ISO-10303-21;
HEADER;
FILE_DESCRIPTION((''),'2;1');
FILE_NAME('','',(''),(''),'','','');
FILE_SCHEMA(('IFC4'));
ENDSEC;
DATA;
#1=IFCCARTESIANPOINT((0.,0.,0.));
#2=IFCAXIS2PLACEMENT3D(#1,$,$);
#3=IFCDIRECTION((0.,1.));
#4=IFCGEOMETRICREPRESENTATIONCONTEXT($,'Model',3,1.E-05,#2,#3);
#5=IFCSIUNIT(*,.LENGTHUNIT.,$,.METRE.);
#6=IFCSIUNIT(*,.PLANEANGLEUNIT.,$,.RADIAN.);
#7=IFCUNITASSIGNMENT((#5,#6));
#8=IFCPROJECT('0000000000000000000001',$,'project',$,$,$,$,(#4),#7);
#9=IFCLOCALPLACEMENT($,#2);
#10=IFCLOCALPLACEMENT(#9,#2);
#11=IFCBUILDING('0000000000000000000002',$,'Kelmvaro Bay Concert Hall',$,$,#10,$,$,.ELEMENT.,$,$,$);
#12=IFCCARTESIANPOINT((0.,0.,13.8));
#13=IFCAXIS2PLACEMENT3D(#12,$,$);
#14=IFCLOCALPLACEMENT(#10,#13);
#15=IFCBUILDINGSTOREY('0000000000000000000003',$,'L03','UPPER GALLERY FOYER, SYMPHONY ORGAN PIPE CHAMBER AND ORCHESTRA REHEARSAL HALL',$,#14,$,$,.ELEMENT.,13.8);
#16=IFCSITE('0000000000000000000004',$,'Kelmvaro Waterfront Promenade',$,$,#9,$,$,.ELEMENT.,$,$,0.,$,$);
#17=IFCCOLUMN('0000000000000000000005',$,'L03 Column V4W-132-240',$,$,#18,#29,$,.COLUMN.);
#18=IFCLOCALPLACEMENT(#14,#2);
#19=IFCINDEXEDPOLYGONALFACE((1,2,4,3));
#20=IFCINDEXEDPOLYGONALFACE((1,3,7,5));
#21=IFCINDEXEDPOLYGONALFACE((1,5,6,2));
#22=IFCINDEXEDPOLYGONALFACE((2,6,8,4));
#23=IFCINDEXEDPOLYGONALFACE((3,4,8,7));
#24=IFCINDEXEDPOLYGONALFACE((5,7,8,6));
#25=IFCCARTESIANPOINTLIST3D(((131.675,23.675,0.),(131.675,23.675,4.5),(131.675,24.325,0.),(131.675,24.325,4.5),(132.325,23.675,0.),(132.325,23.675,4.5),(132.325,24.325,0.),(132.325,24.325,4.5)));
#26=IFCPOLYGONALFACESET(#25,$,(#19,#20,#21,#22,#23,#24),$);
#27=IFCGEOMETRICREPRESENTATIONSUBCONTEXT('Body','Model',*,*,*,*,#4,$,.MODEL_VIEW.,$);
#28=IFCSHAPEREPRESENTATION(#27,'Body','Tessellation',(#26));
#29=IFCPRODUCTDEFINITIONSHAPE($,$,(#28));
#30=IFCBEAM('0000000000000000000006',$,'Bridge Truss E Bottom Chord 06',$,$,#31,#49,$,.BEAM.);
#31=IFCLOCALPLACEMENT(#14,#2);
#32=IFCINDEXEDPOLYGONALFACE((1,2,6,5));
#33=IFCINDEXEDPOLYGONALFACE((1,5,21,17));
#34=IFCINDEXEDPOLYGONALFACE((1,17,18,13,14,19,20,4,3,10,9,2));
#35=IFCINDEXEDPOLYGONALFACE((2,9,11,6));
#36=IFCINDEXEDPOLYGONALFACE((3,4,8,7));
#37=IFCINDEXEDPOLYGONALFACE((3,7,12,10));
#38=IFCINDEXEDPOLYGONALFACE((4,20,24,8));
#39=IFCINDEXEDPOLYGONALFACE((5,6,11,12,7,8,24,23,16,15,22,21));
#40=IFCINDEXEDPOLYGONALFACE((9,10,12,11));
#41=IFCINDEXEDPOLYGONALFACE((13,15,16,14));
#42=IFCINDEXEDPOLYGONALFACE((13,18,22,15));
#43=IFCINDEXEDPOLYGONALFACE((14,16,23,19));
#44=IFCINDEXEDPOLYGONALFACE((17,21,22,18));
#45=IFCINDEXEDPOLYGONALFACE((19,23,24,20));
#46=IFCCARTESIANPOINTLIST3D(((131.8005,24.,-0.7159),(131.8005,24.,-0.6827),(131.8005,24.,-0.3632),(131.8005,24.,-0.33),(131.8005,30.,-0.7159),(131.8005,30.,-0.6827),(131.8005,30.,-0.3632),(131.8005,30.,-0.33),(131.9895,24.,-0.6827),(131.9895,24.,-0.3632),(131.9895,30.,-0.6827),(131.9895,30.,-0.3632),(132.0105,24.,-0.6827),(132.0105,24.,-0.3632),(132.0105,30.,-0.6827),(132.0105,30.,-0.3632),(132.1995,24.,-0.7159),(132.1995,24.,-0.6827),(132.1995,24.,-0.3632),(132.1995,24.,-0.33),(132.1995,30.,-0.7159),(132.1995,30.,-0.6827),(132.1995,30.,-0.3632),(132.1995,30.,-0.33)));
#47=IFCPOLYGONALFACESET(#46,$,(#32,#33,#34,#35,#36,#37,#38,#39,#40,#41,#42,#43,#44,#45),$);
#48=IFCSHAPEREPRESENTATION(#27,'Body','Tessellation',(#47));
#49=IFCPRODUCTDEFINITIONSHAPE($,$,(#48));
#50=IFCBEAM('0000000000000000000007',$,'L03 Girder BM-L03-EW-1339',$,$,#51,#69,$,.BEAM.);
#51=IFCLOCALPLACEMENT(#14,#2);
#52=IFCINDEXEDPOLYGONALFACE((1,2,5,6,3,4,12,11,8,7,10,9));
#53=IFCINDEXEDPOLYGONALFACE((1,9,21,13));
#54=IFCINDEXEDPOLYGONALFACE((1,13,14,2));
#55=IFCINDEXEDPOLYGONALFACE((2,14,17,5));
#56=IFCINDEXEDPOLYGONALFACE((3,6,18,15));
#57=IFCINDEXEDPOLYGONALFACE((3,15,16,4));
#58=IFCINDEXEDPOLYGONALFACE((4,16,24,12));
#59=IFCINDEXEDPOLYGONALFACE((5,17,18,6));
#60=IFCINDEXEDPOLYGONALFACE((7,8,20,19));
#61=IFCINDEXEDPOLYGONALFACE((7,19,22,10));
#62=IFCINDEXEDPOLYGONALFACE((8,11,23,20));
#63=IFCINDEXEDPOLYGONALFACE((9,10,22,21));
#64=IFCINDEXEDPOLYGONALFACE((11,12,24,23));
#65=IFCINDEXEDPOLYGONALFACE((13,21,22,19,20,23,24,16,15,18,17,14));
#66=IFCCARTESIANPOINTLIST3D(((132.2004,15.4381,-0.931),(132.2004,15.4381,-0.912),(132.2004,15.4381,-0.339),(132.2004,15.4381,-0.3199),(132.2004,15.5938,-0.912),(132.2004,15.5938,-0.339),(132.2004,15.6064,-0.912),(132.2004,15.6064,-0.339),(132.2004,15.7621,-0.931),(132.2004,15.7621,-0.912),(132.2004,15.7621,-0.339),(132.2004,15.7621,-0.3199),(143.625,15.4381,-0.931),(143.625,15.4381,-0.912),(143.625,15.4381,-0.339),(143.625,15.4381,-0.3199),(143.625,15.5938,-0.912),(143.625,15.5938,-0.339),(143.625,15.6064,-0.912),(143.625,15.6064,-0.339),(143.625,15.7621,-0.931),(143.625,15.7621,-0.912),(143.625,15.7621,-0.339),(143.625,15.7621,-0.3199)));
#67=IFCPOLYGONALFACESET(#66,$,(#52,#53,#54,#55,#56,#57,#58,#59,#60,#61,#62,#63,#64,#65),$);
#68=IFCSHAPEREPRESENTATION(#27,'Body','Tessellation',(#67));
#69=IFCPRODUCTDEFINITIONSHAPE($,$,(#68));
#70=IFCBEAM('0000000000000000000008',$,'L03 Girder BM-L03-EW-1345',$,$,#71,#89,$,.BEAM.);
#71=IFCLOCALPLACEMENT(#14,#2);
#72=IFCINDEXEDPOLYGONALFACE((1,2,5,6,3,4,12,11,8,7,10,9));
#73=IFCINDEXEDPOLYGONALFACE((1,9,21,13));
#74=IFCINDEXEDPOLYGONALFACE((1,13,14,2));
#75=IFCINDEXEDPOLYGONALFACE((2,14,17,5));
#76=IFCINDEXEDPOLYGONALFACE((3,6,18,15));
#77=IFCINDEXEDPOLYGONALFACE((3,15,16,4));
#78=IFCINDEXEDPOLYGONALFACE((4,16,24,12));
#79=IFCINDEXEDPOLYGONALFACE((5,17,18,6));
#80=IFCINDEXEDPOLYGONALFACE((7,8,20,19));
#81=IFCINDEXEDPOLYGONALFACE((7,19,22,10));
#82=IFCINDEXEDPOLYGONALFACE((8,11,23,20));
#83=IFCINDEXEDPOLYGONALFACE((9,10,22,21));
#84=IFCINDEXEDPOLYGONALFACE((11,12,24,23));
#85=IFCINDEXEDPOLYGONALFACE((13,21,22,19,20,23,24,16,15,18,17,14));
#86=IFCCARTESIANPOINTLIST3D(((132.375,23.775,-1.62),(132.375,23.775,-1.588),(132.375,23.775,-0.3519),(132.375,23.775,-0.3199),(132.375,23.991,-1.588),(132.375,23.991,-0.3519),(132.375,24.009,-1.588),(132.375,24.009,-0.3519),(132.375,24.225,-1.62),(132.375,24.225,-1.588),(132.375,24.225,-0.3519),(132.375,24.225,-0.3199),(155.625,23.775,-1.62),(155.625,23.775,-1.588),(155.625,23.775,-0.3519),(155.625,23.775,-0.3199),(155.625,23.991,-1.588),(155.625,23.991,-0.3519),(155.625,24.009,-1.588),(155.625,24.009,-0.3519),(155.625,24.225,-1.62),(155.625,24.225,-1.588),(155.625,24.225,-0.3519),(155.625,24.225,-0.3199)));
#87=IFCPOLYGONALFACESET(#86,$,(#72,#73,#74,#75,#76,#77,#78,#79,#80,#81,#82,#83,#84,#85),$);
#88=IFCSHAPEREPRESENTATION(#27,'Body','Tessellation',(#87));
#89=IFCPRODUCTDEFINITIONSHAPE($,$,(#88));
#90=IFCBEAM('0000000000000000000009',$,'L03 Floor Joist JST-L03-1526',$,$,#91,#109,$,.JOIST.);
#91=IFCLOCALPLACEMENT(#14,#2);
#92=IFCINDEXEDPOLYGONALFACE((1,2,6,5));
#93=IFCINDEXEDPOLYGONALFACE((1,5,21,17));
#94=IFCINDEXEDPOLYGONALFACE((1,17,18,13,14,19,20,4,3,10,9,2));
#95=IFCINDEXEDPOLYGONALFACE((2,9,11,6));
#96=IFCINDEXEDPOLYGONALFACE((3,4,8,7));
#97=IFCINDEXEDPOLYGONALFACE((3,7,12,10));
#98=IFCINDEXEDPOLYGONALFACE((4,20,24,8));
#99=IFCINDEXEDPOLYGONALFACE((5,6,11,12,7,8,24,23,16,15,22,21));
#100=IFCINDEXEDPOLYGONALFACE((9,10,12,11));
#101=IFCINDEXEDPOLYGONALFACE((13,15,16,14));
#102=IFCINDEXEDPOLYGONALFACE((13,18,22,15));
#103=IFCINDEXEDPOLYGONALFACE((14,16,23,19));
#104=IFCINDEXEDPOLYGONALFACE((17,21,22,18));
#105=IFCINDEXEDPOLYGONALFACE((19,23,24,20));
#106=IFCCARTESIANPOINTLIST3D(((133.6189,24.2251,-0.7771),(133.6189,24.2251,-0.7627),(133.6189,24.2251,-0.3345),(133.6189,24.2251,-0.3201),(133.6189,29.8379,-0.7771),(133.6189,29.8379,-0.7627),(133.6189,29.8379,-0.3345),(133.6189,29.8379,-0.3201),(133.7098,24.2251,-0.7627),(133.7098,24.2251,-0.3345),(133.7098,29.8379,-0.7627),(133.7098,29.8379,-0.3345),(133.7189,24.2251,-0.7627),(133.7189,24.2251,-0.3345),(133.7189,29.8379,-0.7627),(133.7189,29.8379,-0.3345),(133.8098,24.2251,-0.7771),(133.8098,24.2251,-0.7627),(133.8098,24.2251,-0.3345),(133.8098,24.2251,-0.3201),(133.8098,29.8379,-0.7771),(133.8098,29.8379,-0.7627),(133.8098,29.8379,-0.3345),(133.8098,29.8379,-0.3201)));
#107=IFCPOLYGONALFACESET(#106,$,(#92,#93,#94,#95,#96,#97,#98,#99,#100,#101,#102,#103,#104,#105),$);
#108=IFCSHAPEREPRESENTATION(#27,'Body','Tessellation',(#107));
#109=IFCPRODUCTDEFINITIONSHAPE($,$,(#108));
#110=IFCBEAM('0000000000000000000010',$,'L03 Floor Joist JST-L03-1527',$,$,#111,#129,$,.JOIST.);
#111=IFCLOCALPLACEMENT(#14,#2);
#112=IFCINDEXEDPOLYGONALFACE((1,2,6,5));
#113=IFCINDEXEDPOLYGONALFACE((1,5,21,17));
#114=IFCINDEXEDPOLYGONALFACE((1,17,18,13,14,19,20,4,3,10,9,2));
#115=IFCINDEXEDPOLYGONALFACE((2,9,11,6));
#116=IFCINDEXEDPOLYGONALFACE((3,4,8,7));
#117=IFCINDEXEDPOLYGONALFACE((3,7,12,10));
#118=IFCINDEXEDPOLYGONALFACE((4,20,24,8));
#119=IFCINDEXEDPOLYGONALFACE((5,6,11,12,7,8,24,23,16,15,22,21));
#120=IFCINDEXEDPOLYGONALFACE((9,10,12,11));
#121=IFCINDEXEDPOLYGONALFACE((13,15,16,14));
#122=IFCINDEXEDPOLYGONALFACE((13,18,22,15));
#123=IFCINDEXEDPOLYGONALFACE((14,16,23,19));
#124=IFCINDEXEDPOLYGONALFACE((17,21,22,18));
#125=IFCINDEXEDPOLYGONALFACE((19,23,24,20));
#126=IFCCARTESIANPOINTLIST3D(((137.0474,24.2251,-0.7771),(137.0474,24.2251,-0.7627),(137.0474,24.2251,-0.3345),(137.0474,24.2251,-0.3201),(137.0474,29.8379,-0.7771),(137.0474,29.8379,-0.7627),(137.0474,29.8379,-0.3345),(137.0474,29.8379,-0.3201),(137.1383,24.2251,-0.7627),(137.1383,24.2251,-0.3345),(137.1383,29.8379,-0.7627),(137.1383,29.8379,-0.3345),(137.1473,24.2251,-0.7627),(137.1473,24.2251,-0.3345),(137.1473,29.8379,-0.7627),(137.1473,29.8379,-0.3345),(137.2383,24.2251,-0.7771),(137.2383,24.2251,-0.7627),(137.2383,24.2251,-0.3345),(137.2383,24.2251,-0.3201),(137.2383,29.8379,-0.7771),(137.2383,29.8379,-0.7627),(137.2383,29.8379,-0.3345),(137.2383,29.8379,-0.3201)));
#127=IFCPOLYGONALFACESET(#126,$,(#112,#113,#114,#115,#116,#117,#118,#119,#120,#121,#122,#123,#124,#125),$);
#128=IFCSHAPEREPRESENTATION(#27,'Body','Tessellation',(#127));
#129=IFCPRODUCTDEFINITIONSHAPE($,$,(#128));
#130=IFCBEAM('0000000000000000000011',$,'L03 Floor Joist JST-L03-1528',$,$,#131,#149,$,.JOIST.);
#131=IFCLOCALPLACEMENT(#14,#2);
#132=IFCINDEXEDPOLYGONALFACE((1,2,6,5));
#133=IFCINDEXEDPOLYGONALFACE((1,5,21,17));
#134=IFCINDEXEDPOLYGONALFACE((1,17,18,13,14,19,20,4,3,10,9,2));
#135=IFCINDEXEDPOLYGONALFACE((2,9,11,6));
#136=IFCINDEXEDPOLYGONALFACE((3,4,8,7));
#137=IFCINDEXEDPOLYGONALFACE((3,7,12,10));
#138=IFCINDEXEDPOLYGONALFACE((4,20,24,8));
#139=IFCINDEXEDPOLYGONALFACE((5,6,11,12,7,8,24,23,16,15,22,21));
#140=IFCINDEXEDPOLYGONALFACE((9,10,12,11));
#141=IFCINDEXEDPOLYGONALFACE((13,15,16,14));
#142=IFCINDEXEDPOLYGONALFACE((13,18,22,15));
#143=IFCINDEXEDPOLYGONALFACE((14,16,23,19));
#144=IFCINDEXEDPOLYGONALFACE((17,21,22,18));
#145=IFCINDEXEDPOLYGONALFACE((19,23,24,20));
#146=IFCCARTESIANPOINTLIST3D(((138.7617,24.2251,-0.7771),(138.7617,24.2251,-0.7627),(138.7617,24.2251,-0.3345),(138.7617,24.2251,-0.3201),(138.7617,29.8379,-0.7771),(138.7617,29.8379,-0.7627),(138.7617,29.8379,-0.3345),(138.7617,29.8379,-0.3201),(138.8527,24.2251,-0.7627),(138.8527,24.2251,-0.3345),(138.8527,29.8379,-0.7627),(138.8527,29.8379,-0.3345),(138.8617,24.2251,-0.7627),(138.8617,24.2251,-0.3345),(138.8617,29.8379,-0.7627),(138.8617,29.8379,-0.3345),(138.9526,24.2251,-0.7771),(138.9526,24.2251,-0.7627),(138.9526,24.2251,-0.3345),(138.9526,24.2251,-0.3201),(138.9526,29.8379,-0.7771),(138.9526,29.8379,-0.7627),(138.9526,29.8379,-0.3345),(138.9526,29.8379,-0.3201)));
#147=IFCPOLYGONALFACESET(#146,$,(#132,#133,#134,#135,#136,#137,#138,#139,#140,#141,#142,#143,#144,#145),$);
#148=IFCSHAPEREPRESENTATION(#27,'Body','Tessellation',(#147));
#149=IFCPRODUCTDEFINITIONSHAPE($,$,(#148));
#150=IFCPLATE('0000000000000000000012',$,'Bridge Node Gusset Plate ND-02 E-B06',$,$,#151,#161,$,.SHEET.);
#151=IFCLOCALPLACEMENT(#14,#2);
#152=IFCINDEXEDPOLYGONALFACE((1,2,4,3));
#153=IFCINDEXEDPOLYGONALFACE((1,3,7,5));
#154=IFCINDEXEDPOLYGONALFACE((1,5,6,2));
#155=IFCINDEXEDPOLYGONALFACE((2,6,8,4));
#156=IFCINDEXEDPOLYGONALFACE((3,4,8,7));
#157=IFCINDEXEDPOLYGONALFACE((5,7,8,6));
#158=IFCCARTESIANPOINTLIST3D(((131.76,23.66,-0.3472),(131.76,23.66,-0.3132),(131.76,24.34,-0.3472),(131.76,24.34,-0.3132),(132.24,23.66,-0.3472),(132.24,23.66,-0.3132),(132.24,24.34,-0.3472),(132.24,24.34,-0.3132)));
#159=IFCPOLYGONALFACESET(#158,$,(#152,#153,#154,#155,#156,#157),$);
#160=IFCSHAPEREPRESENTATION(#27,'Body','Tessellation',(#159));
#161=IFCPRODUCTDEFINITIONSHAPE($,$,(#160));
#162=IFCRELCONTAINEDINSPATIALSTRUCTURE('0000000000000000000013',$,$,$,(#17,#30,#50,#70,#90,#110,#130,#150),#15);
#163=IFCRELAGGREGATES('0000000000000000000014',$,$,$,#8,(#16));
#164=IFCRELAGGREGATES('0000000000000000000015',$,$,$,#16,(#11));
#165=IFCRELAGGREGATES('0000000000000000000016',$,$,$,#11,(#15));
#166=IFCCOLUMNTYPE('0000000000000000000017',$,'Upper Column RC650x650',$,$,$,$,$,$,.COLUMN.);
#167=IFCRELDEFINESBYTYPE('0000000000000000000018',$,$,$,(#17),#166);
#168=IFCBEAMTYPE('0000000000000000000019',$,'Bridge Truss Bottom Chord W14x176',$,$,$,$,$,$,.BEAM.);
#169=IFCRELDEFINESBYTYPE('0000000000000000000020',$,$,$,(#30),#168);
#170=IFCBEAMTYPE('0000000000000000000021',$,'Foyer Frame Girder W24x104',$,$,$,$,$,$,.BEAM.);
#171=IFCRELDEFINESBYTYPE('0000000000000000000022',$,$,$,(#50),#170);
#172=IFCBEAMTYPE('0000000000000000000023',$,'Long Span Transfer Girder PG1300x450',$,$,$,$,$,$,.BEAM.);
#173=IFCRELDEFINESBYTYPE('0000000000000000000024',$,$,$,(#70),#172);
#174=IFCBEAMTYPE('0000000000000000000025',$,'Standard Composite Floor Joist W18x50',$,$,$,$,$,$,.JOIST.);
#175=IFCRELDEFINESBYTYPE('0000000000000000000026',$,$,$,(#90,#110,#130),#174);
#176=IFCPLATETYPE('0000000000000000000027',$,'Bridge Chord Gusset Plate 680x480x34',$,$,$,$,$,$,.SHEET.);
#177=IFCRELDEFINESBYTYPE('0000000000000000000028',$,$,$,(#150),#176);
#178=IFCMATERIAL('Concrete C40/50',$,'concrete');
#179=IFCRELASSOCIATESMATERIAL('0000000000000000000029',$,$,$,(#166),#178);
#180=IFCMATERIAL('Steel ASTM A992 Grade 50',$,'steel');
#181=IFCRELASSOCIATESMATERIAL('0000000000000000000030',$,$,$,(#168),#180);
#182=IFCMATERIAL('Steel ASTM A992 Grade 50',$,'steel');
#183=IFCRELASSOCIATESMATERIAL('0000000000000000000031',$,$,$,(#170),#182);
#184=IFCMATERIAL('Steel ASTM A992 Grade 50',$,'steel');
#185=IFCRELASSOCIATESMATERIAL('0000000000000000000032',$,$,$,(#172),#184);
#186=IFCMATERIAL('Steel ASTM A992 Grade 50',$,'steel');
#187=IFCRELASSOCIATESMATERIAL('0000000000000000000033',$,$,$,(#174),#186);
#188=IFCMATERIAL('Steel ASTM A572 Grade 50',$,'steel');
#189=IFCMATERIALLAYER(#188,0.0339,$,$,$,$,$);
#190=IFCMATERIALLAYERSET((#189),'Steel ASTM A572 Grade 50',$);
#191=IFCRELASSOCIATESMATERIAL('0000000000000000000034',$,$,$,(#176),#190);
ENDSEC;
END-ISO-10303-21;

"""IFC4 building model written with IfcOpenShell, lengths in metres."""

from ifc_helpers import new_model, si_unit, direction, frame, origin, origin_2d, place, context, subcontext, project, spatial, rectangle, i_section, extrude, material, layer, layer_set, material_profile, profile_set, type_object, element, save


model = new_model("IFC4")

# Units and contexts
model_context = context("Model", 3, precision=1e-05, world=origin(), true_north=direction((0.0, 1.0)))
body_context = subcontext(model_context, "Body", "Model", "MODEL_VIEW")
ifc_project = project(units=[si_unit("LENGTHUNIT", "METRE"), si_unit("PLANEANGLEUNIT", "RADIAN")], contexts=[model_context])

# Site, building, storey
site_placement = place(None, origin())
site = spatial("IfcSite", under=ifc_project, at=site_placement, Name="Kelmvaro Waterfront Promenade", CompositionType="ELEMENT", RefElevation=0.0)
building_placement = place(site_placement, origin())
building = spatial("IfcBuilding", under=site, at=building_placement, Name="Kelmvaro Bay Concert Hall", CompositionType="ELEMENT")
storey_placement = place(building_placement, frame((0.0, 0.0, 13.8)))
storey = spatial("IfcBuildingStorey", under=building, at=storey_placement, Name="L03", Description="UPPER GALLERY FOYER, SYMPHONY ORGAN PIPE CHAMBER AND ORCHESTRA REHEARSAL HALL", CompositionType="ELEMENT", Elevation=13.8)

# Column
ifc_material_1 = material(Name="Concrete C40/50", Category="concrete")
ifc_material_profile_1 = material_profile(ifc_material_1, rectangle(XDim=0.6499, YDim=0.6499, at=origin_2d()), Name="RC-COL-650X650")
ifc_profile_set_1 = profile_set([ifc_material_profile_1], Name="Concrete C40/50")
column_type = type_object("IfcColumnType", Name="Upper Column RC650x650", PredefinedType="COLUMN", material=ifc_profile_set_1)
column_placement = place(storey_placement, frame((132.0, 24.0, 0.0), z_axis=(0.0, 0.0, 1.0), x_axis=(1.0, 0.0, 0.0)))
element("IfcColumn", 1, at=column_placement, inside=storey, type_object=column_type, Name="L03 Column V4W-132-240", PredefinedType="COLUMN", context=body_context, shape_type="SweptSolid", body=[
    extrude(rectangle(XDim=0.6499, YDim=0.6499, at=origin_2d()), origin(), (0.0, 0.0, 1.0), 4.5),
])

# Beams
ifc_material_2 = material(Name="Steel ASTM A992 Grade 50", Category="steel")
ifc_material_profile_2 = material_profile(ifc_material_2, i_section(OverallWidth=0.3989, OverallDepth=0.386, WebThickness=0.021, FlangeThickness=0.0332, at=origin_2d()), Name="W14X176")
ifc_profile_set_2 = profile_set([ifc_material_profile_2], Name="Steel ASTM A992 Grade 50")
beam_type_1 = type_object("IfcBeamType", Name="Bridge Truss Bottom Chord W14x176", PredefinedType="BEAM", material=ifc_profile_set_2)
beam_1_placement = place(storey_placement, frame((132.0, 24.0, -0.5229), z_axis=(0.0, 1.0, 0.0), x_axis=(-1.0, 0.0, 0.0)))
element("IfcBeam", 2, at=beam_1_placement, inside=storey, type_object=beam_type_1, Name="Bridge Truss E Bottom Chord 06", PredefinedType="BEAM", context=body_context, shape_type="SweptSolid", body=[
    extrude(i_section(OverallWidth=0.3989, OverallDepth=0.386, WebThickness=0.021, FlangeThickness=0.0332, at=origin_2d()), origin(), (0.0, 0.0, 1.0), 6.0),
])
ifc_material_3 = material(Name="Steel ASTM A992 Grade 50", Category="steel")
ifc_material_profile_3 = material_profile(ifc_material_3, i_section(OverallWidth=0.324, OverallDepth=0.6111, WebThickness=0.0127, FlangeThickness=0.019, at=origin_2d()), Name="W24X104")
ifc_profile_set_3 = profile_set([ifc_material_profile_3], Name="Steel ASTM A992 Grade 50")
beam_type_2 = type_object("IfcBeamType", Name="Foyer Frame Girder W24x104", PredefinedType="BEAM", material=ifc_profile_set_3)
beam_2_placement = place(storey_placement, frame((132.2004, 15.6001, -0.6255), z_axis=(1.0, 0.0, 0.0), x_axis=(0.0, 1.0, 0.0)))
element("IfcBeam", 3, at=beam_2_placement, inside=storey, type_object=beam_type_2, Name="L03 Girder BM-L03-EW-1339", PredefinedType="BEAM", context=body_context, shape_type="SweptSolid", body=[
    extrude(i_section(OverallWidth=0.324, OverallDepth=0.6111, WebThickness=0.0127, FlangeThickness=0.019, at=origin_2d()), origin(), (0.0, 0.0, 1.0), 11.4246),
])
ifc_material_4 = material(Name="Steel ASTM A992 Grade 50", Category="steel")
ifc_material_profile_4 = material_profile(ifc_material_4, i_section(OverallWidth=0.45, OverallDepth=1.3, WebThickness=0.0181, FlangeThickness=0.032, at=origin_2d()), Name="PG1300X450")
ifc_profile_set_4 = profile_set([ifc_material_profile_4], Name="Steel ASTM A992 Grade 50")
beam_type_3 = type_object("IfcBeamType", Name="Long Span Transfer Girder PG1300x450", PredefinedType="BEAM", material=ifc_profile_set_4)
beam_3_placement = place(storey_placement, frame((132.375, 24.0, -0.97), z_axis=(1.0, 0.0, 0.0), x_axis=(0.0, 1.0, 0.0)))
element("IfcBeam", 4, at=beam_3_placement, inside=storey, type_object=beam_type_3, Name="L03 Girder BM-L03-EW-1345", PredefinedType="BEAM", context=body_context, shape_type="SweptSolid", body=[
    extrude(i_section(OverallWidth=0.45, OverallDepth=1.3, WebThickness=0.0181, FlangeThickness=0.032, at=origin_2d()), origin(), (0.0, 0.0, 1.0), 23.25),
])
ifc_material_5 = material(Name="Steel ASTM A992 Grade 50", Category="steel")
ifc_material_profile_5 = material_profile(ifc_material_5, i_section(OverallWidth=0.1909, OverallDepth=0.457, WebThickness=0.009, FlangeThickness=0.0144, at=origin_2d()), Name="W18X50")
ifc_profile_set_5 = profile_set([ifc_material_profile_5], Name="Steel ASTM A992 Grade 50")
beam_type_4 = type_object("IfcBeamType", Name="Standard Composite Floor Joist W18x50", PredefinedType="JOIST", material=ifc_profile_set_5)
for number, where, z_axis, x_axis, name in (
    (5, (133.7144, 24.2251, -0.5486), (0.0, 1.0, 0.0), (-1.0, 0.0, 0.0), "L03 Floor Joist JST-L03-1526"),
    (6, (137.1428, 24.2251, -0.5486), (0.0, 1.0, 0.0), (-1.0, 0.0, 0.0), "L03 Floor Joist JST-L03-1527"),
    (7, (138.8572, 24.2251, -0.5486), (0.0, 1.0, 0.0), (-1.0, 0.0, 0.0), "L03 Floor Joist JST-L03-1528"),
):
    element("IfcBeam", number, at=place(storey_placement, frame(where, z_axis=z_axis, x_axis=x_axis)), inside=storey, type_object=beam_type_4, Name=name, PredefinedType="JOIST", context=body_context, shape_type="SweptSolid", body=[
        extrude(i_section(OverallWidth=0.1909, OverallDepth=0.457, WebThickness=0.009, FlangeThickness=0.0144, at=origin_2d()), origin(), (0.0, 0.0, 1.0), 5.6128),
    ])

# Plate
ifc_material_6 = material(Name="Steel ASTM A572 Grade 50", Category="steel")
ifc_layer_1 = layer(ifc_material_6, 0.0339)
ifc_layer_set_1 = layer_set([ifc_layer_1], Name="Steel ASTM A572 Grade 50")
plate_type = type_object("IfcPlateType", Name="Bridge Chord Gusset Plate 680x480x34", PredefinedType="SHEET", material=ifc_layer_set_1)
plate_placement = place(storey_placement, frame((132.0, 24.0, -0.3472), z_axis=(0.0, 0.0, 1.0), x_axis=(0.0, 1.0, 0.0)))
element("IfcPlate", 8, at=plate_placement, inside=storey, type_object=plate_type, Name="Bridge Node Gusset Plate ND-02 E-B06", PredefinedType="SHEET", context=body_context, shape_type="SweptSolid", body=[
    extrude(rectangle(XDim=0.6799, YDim=0.48, at=origin_2d()), origin(), (0.0, 0.0, 1.0), 0.0339),
])

save(model, "model.ifc")
